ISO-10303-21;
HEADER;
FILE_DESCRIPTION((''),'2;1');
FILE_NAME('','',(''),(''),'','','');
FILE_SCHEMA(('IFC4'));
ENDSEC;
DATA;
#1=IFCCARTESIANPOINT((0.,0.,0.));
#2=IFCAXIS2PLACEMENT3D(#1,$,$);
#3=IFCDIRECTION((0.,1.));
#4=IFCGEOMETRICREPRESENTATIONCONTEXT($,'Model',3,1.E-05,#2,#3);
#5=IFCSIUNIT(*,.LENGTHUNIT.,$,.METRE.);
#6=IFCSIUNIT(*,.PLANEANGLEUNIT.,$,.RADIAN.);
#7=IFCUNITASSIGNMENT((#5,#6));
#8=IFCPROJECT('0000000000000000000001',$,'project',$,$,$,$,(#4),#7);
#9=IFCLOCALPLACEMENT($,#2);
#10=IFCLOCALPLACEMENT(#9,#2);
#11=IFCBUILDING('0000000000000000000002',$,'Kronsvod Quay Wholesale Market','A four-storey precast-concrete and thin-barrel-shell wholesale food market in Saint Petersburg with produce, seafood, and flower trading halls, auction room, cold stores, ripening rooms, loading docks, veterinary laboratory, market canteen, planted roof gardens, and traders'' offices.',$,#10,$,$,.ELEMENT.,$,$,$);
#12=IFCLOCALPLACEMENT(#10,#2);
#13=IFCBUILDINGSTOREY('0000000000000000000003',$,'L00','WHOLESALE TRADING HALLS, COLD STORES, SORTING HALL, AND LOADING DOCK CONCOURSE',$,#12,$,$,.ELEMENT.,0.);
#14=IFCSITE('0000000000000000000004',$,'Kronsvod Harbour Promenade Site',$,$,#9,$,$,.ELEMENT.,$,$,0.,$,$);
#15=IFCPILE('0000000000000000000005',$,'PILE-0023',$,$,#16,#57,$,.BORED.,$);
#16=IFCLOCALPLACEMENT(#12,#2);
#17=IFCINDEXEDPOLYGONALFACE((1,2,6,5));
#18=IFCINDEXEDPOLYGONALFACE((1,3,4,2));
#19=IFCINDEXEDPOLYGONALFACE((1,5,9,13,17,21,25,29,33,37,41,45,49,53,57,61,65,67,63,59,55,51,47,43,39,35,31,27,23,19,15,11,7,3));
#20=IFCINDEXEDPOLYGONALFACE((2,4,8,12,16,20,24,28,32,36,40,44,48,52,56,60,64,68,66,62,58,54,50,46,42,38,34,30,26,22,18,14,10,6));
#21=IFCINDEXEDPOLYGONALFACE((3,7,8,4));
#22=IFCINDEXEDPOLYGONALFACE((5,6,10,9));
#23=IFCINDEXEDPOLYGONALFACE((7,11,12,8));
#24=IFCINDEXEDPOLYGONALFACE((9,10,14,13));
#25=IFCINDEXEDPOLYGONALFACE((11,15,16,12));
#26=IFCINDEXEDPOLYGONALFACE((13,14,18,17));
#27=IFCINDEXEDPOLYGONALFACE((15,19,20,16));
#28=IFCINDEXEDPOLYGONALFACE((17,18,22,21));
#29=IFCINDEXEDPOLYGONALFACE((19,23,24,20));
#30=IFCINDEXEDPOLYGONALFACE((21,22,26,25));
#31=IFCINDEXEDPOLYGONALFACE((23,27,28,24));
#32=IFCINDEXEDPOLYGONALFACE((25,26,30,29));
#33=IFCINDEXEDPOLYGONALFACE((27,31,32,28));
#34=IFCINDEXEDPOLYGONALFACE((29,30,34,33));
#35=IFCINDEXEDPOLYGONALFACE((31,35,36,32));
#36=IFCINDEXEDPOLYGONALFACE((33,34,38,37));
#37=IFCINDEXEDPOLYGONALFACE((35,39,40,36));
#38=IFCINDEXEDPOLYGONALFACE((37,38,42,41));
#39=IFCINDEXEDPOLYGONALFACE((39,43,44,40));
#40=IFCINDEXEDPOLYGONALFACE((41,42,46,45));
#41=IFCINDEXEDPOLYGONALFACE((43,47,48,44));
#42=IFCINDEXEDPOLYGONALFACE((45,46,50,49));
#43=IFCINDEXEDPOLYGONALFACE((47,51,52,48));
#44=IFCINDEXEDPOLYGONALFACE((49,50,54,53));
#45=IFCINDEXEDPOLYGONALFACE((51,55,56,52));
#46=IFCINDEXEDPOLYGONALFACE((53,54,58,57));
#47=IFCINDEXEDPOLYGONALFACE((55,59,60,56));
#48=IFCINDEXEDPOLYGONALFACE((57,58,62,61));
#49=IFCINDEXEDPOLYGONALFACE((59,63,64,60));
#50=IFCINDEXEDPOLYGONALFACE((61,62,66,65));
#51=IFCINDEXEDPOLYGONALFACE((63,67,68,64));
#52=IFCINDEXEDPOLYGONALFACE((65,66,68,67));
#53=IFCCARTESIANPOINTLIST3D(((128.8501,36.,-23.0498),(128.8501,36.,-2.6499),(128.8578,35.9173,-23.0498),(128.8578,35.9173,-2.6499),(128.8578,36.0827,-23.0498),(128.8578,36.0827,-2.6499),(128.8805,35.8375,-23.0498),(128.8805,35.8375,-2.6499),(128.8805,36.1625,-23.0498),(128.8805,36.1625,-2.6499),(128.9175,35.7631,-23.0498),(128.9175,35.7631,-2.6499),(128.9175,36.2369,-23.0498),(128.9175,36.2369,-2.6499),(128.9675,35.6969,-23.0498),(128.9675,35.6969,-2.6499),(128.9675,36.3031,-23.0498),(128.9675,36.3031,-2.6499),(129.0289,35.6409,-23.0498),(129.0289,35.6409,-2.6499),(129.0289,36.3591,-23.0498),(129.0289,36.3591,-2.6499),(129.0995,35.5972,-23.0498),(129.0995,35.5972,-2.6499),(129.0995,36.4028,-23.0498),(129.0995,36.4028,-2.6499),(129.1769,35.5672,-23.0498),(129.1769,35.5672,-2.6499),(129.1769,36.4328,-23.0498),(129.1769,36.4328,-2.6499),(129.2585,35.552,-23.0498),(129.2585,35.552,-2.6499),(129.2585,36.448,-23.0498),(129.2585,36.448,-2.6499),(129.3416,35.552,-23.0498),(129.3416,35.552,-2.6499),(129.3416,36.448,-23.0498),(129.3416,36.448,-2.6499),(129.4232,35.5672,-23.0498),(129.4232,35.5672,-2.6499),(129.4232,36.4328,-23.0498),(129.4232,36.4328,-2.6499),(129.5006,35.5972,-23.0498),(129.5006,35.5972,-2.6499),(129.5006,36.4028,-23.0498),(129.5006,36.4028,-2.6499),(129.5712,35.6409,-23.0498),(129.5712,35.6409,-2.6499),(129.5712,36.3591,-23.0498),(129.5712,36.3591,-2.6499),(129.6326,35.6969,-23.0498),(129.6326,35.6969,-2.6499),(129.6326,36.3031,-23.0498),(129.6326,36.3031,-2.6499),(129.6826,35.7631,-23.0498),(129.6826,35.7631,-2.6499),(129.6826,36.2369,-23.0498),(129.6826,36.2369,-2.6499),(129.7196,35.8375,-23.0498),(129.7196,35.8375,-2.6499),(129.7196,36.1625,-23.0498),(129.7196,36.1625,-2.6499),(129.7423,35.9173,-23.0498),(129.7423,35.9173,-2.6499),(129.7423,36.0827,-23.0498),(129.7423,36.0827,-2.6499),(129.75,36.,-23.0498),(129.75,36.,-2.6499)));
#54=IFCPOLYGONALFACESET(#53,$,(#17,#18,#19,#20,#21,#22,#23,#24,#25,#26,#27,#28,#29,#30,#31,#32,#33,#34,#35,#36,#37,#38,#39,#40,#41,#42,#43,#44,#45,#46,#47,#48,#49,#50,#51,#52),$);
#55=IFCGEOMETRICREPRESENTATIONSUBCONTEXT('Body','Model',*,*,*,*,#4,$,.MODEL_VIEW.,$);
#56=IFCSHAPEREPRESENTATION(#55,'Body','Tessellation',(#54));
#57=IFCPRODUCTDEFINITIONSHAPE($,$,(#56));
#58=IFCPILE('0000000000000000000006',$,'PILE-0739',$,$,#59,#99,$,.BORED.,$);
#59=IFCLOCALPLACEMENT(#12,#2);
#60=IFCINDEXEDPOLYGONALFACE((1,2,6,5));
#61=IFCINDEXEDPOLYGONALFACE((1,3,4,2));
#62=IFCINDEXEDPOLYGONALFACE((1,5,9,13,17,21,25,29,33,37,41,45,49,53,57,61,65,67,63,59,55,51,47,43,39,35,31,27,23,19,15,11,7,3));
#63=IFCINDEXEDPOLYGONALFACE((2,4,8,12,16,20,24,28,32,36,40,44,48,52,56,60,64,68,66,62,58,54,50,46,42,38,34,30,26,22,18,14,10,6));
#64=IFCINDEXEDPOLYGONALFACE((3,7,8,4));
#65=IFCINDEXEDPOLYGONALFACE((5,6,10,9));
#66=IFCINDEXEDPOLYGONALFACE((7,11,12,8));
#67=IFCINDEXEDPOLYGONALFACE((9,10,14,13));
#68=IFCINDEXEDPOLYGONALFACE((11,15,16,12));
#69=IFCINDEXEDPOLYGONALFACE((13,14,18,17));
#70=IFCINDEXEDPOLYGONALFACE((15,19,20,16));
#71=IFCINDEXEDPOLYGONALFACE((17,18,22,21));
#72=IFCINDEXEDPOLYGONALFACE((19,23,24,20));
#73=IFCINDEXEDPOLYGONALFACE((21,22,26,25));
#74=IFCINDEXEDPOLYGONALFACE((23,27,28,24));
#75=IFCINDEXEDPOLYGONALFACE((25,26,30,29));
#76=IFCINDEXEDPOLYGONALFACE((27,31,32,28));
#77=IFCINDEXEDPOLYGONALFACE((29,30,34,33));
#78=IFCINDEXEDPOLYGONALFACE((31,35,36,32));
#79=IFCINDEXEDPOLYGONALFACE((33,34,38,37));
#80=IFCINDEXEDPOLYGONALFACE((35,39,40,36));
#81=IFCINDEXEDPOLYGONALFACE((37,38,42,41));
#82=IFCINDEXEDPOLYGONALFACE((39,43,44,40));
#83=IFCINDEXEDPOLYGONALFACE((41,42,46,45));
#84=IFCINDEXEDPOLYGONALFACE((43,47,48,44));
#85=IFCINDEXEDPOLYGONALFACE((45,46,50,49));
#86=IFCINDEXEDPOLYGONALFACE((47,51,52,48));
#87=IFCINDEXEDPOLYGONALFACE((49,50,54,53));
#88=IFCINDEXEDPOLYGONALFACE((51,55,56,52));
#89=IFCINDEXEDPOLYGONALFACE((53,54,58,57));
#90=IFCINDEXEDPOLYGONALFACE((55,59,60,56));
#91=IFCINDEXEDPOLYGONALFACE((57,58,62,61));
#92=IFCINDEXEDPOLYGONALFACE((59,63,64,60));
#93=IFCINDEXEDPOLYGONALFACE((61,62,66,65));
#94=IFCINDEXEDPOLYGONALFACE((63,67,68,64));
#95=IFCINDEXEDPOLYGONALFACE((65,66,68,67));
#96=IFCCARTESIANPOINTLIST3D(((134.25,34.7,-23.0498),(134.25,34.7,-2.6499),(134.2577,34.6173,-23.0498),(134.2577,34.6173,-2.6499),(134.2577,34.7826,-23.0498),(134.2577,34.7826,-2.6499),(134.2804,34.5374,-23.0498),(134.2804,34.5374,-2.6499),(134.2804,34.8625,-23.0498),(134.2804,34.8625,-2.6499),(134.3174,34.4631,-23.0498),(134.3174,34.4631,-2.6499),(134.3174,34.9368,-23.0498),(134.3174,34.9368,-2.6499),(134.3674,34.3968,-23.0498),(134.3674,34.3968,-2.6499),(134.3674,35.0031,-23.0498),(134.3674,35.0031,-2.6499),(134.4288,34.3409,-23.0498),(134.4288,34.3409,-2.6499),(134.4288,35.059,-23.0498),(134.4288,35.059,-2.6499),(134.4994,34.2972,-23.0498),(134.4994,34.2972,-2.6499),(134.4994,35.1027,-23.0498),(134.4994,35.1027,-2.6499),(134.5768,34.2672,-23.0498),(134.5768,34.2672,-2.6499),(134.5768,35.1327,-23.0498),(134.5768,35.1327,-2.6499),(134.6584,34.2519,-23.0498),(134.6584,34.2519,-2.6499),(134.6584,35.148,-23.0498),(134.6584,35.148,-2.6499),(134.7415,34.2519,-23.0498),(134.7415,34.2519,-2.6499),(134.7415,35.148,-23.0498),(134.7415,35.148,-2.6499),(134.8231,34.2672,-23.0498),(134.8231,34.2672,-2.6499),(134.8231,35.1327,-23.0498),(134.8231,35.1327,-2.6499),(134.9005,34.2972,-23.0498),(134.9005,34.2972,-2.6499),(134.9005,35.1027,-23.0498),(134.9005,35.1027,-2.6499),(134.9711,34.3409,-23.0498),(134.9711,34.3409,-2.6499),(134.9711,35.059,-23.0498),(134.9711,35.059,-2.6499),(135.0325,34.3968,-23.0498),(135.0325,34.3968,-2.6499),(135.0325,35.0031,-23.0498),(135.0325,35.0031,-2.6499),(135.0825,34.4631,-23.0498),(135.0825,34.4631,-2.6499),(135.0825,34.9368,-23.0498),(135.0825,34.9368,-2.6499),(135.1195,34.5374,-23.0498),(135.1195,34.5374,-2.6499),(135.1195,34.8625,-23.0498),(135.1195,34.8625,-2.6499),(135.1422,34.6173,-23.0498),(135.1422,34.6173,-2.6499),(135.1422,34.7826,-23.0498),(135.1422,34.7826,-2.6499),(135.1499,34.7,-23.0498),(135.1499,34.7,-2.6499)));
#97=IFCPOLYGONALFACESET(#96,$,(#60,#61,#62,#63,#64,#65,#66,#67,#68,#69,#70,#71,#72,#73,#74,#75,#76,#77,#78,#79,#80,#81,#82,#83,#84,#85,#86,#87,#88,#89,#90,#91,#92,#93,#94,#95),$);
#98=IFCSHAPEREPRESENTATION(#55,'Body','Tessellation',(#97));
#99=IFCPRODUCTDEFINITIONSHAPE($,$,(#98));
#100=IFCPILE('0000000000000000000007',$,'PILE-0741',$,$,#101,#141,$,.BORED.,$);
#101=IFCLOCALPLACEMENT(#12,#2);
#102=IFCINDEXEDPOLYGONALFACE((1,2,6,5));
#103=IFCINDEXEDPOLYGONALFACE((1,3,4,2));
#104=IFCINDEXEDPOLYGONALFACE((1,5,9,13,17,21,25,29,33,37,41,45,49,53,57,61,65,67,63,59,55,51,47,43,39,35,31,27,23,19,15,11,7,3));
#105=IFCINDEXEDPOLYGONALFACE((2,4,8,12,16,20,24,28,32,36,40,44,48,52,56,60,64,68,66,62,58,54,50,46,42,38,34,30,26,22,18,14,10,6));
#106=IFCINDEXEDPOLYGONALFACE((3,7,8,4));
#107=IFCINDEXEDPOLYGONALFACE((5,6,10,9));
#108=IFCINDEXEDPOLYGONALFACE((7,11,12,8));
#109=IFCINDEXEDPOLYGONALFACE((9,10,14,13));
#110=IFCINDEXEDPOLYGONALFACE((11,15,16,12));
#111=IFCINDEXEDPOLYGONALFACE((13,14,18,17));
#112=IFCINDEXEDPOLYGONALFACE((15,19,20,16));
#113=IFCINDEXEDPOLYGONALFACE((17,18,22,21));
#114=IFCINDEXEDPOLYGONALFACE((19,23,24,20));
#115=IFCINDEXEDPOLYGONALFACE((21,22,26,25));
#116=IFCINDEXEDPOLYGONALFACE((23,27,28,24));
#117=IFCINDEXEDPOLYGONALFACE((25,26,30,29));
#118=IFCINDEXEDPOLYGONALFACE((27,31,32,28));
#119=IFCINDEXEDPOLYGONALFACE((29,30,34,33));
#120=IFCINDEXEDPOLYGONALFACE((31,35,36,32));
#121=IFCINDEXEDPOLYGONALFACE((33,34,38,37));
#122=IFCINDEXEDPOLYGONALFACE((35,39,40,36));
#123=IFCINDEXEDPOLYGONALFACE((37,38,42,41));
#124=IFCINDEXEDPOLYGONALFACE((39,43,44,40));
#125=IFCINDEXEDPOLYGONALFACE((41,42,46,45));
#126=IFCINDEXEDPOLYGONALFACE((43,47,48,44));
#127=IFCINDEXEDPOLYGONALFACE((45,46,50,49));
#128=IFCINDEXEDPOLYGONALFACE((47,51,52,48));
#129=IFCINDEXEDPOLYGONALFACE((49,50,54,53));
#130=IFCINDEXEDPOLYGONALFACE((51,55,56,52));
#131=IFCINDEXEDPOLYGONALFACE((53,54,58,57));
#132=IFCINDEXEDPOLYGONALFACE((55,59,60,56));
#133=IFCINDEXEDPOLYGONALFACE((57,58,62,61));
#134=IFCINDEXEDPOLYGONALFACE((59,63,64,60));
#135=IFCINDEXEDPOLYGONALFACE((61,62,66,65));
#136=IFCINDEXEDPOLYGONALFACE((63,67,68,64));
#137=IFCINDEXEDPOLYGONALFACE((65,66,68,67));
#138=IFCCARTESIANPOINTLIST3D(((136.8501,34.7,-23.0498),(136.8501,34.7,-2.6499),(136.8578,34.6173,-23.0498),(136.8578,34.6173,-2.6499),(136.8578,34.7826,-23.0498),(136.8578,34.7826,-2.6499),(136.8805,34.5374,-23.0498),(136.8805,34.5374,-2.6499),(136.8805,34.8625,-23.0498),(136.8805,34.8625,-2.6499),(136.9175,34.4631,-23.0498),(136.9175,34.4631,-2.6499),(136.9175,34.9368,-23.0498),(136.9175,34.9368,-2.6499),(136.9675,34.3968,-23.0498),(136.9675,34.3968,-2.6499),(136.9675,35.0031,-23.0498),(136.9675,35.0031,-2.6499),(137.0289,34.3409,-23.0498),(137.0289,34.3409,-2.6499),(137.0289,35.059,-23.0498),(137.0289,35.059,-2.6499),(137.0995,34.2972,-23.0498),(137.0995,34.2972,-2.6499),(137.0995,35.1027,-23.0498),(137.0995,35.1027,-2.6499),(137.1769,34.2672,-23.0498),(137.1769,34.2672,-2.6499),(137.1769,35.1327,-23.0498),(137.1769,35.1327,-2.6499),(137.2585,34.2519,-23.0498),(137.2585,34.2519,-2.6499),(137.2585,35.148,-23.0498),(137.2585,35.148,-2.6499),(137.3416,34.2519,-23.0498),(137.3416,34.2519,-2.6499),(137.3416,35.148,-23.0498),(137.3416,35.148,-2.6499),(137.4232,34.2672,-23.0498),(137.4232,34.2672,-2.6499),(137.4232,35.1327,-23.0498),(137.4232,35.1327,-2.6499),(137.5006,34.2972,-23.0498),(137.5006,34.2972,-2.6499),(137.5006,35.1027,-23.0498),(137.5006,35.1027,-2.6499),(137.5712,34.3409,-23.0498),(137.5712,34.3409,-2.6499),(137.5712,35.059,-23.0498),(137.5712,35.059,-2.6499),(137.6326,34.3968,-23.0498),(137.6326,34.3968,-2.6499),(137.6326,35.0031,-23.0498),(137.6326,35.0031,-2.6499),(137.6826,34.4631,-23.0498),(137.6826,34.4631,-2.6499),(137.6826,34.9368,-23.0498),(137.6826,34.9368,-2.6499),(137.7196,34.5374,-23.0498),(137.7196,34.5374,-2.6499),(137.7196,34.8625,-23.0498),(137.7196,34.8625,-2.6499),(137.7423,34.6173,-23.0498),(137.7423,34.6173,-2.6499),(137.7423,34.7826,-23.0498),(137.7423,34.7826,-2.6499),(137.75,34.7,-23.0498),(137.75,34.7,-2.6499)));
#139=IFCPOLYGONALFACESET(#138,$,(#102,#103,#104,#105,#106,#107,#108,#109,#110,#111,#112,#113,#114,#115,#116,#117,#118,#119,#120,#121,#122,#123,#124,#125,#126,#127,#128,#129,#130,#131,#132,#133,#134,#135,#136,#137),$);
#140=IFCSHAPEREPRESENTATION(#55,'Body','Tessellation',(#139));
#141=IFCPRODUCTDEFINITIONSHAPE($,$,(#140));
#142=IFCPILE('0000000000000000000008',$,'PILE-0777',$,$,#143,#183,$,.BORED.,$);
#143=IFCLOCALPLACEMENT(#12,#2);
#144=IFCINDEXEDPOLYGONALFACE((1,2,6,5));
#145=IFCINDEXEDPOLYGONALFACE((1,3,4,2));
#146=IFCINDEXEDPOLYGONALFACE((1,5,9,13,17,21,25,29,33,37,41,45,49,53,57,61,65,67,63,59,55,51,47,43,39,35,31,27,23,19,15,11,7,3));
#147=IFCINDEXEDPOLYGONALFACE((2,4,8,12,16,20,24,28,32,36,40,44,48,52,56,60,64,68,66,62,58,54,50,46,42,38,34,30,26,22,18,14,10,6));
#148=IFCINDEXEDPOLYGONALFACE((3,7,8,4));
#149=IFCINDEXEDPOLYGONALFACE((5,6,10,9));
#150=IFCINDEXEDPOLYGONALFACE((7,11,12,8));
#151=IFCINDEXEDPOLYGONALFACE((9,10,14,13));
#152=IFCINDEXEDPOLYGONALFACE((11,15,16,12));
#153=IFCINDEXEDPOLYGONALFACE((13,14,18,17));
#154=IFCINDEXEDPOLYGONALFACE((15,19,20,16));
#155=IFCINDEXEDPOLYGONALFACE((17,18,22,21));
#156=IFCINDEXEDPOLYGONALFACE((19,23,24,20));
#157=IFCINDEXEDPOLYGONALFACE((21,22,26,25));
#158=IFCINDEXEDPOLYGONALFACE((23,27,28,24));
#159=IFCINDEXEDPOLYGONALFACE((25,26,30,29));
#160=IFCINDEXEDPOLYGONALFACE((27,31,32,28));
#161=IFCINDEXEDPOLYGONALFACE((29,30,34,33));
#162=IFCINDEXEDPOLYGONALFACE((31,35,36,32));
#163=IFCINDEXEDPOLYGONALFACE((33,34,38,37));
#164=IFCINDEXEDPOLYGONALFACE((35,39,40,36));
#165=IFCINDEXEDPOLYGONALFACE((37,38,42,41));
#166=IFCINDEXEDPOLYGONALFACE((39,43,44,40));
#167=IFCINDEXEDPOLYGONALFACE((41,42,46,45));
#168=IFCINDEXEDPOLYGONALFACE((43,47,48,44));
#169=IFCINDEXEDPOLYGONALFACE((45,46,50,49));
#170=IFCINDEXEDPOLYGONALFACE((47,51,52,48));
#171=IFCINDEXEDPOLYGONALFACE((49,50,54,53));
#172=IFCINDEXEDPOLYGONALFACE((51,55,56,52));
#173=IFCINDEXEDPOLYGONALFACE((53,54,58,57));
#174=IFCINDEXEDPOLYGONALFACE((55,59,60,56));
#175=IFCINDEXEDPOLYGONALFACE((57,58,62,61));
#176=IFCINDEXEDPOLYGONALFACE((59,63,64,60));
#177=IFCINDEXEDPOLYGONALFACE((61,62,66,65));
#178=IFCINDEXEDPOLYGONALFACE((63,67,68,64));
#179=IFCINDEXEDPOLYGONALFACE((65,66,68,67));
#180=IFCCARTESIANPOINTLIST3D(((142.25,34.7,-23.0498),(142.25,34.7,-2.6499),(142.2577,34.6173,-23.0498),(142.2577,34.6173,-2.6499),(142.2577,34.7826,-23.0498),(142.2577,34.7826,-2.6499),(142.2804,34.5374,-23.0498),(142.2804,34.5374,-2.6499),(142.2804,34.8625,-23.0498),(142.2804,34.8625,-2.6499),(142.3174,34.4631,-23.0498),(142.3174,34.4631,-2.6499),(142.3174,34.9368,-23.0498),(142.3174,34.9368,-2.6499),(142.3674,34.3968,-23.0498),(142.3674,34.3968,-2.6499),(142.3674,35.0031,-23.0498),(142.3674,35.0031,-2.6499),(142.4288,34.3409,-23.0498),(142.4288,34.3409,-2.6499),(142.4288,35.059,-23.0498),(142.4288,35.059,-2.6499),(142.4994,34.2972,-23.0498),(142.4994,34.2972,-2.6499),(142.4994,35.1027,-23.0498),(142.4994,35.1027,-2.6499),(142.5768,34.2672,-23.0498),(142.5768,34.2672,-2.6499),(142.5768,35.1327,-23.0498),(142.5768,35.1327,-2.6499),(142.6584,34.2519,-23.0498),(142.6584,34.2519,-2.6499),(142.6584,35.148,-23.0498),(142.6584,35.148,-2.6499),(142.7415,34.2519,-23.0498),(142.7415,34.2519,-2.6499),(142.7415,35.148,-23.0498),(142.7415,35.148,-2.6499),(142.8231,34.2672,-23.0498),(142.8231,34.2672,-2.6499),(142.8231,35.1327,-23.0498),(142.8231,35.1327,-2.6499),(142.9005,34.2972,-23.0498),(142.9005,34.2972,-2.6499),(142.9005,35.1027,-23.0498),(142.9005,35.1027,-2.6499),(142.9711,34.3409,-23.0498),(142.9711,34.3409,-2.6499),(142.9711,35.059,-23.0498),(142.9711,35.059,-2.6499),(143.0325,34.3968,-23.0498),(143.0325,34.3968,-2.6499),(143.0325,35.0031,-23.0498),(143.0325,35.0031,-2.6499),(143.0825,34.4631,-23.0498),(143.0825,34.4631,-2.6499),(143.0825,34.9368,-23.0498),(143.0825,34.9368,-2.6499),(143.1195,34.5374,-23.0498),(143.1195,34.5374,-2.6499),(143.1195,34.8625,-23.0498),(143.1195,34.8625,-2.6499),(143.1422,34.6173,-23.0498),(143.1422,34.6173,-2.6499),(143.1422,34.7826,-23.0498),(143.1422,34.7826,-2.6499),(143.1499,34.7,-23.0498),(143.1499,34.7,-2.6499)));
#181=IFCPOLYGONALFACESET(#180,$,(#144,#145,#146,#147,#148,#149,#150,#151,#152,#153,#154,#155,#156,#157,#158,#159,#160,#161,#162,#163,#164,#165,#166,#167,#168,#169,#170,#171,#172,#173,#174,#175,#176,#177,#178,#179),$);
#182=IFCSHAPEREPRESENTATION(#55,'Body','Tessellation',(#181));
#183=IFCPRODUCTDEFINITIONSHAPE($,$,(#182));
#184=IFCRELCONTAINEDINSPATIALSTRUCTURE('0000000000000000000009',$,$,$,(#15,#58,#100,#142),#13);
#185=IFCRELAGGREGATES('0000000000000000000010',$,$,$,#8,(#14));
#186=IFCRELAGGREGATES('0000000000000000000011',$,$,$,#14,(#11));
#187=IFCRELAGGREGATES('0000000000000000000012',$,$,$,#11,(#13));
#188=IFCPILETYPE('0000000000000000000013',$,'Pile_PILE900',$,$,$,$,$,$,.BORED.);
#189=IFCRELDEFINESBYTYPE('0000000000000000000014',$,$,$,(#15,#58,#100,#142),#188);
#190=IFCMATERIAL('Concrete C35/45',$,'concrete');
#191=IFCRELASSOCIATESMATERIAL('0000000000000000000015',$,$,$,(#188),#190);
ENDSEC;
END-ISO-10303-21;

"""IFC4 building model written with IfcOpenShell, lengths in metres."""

from ifc_helpers import new_model, si_unit, direction, frame, origin, origin_2d, place, context, subcontext, project, spatial, circle, extrude, material, material_profile, profile_set, type_object, element, save


model = new_model("IFC4")

# Units and contexts
model_context = context("Model", 3, precision=1e-05, world=origin(), true_north=direction((0.0, 1.0)))
body_context = subcontext(model_context, "Body", "Model", "MODEL_VIEW")
ifc_project = project(units=[si_unit("LENGTHUNIT", "METRE"), si_unit("PLANEANGLEUNIT", "RADIAN")], contexts=[model_context])

# Site, building, storey
site_placement = place(None, origin())
site = spatial("IfcSite", under=ifc_project, at=site_placement, Name="Kronsvod Harbour Promenade Site", CompositionType="ELEMENT", RefElevation=0.0)
building_placement = place(site_placement, origin())
building = spatial("IfcBuilding", under=site, at=building_placement, Name="Kronsvod Quay Wholesale Market", Description="A four-storey precast-concrete and thin-barrel-shell wholesale food market in Saint Petersburg with produce, seafood, and flower trading halls, auction room, cold stores, ripening rooms, loading docks, veterinary laboratory, market canteen, planted roof gardens, and traders' offices.", CompositionType="ELEMENT")
storey_placement = place(building_placement, origin())
storey = spatial("IfcBuildingStorey", under=building, at=storey_placement, Name="L00", Description="WHOLESALE TRADING HALLS, COLD STORES, SORTING HALL, AND LOADING DOCK CONCOURSE", CompositionType="ELEMENT", Elevation=0.0)

# Piles
ifc_material_1 = material(Name="Concrete C35/45", Category="concrete")
ifc_material_profile_1 = material_profile(ifc_material_1, circle(Radius=0.45, at=origin_2d()), Name="PILE900")
ifc_profile_set_1 = profile_set([ifc_material_profile_1], Name="Concrete C35/45")
pile_type_1 = type_object("IfcPileType", Name="Pile_PILE900", PredefinedType="BORED", material=ifc_profile_set_1)
for number, where, z_axis, x_axis, name in (
    (1, (129.3, 36.0, -2.6499), (0.0, 0.0, -1.0), (1.0, 0.0, 0.0), "PILE-0023"),
    (2, (134.7, 34.7, -2.6499), (0.0, 0.0, -1.0), (1.0, 0.0, 0.0), "PILE-0739"),
    (3, (137.3, 34.7, -2.6499), (0.0, 0.0, -1.0), (1.0, 0.0, 0.0), "PILE-0741"),
    (4, (142.7, 34.7, -2.6499), (0.0, 0.0, -1.0), (1.0, 0.0, 0.0), "PILE-0777"),
):
    element("IfcPile", number, at=place(storey_placement, frame(where, z_axis=z_axis, x_axis=x_axis)), inside=storey, type_object=pile_type_1, Name=name, PredefinedType="BORED", context=body_context, shape_type="SweptSolid", body=[
        extrude(circle(Radius=0.45, at=origin_2d()), origin(), (0.0, 0.0, 1.0), 20.3999),
    ])

save(model, "model.ifc")
